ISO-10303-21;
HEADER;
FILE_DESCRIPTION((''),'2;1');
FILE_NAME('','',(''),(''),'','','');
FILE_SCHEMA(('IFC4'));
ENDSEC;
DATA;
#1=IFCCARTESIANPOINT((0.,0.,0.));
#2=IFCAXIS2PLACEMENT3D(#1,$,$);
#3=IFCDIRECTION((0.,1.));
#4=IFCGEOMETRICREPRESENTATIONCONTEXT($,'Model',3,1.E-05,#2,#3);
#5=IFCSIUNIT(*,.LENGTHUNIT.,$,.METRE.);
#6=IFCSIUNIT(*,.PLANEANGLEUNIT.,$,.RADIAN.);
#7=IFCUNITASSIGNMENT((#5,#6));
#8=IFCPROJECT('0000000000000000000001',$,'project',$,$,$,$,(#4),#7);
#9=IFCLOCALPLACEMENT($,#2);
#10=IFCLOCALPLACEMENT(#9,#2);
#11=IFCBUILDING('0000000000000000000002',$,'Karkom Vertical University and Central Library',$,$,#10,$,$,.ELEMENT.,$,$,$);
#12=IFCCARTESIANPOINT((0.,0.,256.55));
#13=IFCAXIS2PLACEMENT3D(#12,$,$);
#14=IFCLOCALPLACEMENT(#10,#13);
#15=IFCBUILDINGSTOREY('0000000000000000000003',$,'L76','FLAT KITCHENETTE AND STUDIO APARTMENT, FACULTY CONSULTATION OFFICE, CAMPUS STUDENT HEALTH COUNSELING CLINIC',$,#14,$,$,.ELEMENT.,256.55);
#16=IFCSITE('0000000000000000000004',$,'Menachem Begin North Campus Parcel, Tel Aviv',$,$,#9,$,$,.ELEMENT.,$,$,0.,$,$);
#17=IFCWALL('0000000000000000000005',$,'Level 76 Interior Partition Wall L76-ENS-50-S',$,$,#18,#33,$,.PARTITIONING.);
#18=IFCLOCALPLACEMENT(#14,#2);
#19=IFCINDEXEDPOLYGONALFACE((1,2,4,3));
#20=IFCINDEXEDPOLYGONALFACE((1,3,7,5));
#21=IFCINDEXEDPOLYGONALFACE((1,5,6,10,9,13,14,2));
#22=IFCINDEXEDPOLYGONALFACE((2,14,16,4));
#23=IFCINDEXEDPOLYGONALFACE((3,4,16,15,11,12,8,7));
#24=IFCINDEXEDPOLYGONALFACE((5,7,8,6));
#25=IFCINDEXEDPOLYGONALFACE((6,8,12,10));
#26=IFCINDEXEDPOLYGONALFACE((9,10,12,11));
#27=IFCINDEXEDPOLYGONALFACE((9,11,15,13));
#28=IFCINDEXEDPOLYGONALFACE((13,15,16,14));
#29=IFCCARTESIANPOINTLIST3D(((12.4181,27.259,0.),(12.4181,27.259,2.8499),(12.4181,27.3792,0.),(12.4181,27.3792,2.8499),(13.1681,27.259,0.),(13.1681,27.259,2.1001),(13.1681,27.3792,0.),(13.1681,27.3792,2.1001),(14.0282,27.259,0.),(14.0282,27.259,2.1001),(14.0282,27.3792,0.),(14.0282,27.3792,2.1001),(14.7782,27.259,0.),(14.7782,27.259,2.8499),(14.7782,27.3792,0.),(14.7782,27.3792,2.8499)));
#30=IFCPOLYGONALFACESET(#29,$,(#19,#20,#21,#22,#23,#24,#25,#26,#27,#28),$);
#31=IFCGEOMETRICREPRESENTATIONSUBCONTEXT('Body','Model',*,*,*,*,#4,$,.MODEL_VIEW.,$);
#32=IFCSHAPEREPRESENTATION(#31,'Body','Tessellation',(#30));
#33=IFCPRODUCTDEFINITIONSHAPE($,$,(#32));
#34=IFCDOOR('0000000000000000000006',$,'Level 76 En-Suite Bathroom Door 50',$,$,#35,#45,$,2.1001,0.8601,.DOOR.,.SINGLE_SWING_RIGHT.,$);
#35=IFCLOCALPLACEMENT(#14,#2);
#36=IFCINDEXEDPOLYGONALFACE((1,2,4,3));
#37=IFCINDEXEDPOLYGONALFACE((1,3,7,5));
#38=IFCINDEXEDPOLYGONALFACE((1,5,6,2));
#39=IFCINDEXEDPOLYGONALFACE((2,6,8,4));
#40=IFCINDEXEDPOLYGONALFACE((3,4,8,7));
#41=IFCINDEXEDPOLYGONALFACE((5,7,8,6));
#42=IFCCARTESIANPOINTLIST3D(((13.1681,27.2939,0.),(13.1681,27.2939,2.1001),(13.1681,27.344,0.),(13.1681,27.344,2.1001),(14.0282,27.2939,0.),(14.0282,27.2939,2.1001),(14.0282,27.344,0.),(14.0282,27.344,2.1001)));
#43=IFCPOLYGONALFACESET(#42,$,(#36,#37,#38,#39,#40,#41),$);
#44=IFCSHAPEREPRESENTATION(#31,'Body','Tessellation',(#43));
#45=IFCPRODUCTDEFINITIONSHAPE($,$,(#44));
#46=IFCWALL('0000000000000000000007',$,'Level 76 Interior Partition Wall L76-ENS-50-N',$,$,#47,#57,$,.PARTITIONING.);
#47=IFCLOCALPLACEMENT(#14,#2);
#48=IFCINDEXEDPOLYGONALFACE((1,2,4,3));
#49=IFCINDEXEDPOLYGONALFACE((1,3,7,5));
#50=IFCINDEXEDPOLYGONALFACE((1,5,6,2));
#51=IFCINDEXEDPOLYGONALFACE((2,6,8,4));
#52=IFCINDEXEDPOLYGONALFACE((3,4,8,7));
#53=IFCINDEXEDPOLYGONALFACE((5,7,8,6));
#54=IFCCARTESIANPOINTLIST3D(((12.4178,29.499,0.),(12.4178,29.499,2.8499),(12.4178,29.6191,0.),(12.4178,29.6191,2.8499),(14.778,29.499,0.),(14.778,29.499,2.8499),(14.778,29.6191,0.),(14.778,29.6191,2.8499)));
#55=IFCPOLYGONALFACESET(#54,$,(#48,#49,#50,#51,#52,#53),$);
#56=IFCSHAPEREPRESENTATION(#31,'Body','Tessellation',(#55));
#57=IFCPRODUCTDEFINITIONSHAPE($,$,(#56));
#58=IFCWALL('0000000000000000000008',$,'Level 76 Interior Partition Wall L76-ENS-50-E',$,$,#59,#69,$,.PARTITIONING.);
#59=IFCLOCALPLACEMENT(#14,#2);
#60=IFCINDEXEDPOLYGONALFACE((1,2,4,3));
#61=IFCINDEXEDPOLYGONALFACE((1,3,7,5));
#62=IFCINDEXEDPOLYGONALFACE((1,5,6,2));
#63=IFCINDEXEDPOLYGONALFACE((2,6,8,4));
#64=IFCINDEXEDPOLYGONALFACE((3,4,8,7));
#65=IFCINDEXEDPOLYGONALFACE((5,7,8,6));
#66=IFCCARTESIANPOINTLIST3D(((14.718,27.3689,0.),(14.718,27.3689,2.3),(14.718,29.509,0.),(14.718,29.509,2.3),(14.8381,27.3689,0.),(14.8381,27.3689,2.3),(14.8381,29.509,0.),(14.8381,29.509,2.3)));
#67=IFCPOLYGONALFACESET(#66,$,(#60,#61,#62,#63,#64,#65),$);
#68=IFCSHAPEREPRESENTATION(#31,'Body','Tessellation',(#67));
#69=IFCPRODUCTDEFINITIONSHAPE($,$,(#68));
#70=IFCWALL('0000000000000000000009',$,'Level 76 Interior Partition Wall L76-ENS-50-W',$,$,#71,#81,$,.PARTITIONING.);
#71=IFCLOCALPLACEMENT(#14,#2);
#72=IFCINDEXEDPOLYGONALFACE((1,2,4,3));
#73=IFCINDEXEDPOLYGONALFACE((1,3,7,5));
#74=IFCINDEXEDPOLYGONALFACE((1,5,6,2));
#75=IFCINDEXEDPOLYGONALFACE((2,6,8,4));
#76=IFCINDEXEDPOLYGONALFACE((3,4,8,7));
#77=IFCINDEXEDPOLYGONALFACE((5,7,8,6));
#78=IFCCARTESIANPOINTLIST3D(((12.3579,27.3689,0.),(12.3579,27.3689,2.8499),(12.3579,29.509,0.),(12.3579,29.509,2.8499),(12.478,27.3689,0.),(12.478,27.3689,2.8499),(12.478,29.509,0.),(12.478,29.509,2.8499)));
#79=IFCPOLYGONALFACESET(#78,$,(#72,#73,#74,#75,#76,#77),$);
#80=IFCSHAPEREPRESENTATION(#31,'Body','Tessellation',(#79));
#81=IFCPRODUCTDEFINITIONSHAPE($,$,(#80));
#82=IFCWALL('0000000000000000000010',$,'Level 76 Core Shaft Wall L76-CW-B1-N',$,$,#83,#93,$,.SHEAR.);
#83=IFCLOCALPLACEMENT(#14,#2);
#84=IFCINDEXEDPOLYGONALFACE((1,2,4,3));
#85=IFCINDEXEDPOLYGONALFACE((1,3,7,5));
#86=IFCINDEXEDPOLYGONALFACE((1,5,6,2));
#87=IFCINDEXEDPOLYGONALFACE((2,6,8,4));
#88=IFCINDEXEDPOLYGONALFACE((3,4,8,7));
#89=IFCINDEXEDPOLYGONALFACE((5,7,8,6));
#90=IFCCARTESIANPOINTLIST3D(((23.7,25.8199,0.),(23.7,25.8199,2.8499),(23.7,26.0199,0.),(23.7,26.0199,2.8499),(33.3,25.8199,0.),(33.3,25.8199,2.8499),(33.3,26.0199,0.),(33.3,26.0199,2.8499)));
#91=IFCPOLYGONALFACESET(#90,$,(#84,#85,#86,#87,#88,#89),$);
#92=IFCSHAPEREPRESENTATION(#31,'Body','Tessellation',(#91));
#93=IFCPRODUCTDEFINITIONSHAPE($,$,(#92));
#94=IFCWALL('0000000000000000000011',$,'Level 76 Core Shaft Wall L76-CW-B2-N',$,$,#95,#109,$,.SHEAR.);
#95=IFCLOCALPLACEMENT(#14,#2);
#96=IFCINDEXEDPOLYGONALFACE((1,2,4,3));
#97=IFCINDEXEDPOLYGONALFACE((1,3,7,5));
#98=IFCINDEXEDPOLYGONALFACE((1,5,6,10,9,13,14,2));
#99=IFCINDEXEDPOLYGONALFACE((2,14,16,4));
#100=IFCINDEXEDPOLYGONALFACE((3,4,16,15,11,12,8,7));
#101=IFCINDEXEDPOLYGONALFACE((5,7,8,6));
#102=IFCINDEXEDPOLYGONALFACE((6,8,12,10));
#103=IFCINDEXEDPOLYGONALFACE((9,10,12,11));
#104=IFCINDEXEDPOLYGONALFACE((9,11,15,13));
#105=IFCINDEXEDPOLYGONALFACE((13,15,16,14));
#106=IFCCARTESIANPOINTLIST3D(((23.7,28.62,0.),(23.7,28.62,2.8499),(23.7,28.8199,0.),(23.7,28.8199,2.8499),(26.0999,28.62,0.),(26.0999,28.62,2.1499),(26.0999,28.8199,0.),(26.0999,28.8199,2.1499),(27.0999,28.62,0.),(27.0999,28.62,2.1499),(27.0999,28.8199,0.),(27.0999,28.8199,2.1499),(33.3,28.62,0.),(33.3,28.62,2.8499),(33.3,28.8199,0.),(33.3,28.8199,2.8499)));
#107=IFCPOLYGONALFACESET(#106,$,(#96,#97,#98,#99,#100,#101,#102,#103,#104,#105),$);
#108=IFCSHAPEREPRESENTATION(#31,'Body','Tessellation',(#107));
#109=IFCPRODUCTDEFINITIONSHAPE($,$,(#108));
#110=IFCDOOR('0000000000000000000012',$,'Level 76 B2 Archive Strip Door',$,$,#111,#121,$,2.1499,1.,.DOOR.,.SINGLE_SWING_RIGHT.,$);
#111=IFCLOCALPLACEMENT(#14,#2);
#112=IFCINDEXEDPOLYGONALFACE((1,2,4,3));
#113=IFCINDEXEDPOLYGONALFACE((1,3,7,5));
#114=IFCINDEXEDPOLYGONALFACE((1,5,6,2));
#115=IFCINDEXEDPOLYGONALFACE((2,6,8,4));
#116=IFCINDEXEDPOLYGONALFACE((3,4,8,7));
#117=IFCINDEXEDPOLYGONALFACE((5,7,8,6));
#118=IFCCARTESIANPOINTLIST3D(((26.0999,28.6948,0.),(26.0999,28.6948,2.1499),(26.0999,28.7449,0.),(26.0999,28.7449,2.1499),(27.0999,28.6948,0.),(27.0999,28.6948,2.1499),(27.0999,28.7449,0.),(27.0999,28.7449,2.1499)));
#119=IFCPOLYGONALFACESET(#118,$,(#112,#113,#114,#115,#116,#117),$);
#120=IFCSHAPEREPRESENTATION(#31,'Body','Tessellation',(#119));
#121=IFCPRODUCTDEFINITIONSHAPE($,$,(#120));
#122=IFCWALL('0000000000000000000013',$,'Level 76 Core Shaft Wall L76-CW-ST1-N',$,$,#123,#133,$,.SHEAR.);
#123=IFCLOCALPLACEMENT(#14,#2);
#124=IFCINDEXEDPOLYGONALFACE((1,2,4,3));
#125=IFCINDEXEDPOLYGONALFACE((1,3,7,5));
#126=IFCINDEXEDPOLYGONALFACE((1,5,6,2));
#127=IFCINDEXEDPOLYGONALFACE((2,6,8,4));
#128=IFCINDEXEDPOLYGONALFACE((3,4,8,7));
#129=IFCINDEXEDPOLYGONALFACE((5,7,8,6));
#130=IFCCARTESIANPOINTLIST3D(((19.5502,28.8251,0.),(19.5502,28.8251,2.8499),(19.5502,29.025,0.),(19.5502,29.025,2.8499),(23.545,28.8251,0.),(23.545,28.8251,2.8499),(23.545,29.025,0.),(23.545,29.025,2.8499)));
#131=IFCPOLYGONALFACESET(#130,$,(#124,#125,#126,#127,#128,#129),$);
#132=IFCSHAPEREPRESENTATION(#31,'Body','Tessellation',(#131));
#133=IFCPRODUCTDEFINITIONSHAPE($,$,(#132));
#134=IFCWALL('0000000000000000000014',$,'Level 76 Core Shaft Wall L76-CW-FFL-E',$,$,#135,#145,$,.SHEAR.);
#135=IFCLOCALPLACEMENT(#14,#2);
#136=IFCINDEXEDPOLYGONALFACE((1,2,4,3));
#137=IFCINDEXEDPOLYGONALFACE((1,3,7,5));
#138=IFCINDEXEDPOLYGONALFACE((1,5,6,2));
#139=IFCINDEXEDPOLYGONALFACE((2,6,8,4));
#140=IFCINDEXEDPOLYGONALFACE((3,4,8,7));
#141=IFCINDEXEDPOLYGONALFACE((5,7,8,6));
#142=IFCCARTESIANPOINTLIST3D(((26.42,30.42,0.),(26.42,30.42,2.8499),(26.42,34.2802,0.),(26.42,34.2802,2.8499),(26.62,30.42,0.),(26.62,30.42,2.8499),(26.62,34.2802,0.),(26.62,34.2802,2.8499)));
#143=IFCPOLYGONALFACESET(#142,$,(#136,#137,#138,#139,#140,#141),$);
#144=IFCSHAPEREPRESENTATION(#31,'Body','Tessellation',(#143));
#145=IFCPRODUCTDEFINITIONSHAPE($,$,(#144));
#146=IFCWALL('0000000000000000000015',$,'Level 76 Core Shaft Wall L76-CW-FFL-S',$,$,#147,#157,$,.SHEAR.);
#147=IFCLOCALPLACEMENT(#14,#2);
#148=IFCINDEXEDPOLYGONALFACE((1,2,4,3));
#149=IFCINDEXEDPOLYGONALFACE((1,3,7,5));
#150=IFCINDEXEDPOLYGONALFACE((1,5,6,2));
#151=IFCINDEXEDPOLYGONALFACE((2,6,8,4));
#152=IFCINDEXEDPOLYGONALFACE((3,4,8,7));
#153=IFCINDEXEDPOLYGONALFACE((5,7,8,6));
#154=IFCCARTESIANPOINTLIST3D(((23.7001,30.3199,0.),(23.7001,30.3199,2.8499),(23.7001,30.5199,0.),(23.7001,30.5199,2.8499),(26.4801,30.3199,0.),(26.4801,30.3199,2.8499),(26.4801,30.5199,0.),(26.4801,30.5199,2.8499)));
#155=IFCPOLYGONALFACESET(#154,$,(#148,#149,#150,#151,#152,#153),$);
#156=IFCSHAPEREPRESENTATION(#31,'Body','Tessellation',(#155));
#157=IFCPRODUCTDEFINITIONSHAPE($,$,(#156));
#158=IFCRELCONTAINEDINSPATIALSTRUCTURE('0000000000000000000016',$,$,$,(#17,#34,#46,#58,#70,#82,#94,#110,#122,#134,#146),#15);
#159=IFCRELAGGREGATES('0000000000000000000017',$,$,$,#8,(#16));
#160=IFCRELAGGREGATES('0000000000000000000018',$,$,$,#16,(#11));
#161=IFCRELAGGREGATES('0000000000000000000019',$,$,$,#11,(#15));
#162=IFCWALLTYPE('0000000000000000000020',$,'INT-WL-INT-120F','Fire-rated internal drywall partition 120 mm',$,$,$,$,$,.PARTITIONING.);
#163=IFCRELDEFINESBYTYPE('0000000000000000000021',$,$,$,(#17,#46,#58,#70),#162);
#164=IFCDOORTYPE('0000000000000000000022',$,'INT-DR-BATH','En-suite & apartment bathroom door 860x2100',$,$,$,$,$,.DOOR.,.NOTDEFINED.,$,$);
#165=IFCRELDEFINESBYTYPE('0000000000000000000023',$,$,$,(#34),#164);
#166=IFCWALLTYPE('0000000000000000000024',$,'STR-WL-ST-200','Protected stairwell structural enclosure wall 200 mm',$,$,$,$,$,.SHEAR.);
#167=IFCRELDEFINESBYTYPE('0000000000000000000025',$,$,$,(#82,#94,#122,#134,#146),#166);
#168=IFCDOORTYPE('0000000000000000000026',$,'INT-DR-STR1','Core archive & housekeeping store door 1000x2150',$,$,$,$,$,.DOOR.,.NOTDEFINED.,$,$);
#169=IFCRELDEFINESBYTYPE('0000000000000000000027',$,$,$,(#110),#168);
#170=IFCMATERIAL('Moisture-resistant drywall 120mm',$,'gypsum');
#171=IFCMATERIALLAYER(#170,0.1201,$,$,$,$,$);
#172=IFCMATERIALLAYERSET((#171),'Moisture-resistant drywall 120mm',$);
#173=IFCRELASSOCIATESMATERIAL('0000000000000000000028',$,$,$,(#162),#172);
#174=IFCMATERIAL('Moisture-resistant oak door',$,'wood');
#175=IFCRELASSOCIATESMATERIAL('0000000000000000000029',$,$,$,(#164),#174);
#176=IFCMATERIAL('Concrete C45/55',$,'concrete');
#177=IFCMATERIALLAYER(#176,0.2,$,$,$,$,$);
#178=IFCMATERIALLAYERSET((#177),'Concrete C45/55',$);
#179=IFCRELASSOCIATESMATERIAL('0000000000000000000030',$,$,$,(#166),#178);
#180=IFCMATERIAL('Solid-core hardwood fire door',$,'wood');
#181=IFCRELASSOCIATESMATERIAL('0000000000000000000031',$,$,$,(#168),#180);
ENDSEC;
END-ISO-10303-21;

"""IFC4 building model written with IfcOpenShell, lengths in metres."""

from ifc_helpers import new_model, si_unit, direction, frame, frame_2d, origin, origin_with_axes, place, context, subcontext, project, spatial, rectangle, extrude, source, transform, mapped, material, layer, layer_set, type_object, element, fill, save


model = new_model("IFC4")

# Units and contexts
model_context = context("Model", 3, precision=1e-05, world=origin(), true_north=direction((0.0, 1.0)))
body_context = subcontext(model_context, "Body", "Model", "MODEL_VIEW")
ifc_project = project(units=[si_unit("LENGTHUNIT", "METRE"), si_unit("PLANEANGLEUNIT", "RADIAN")], contexts=[model_context])

# Site, building, storey
site_placement = place(None, origin())
site = spatial("IfcSite", under=ifc_project, at=site_placement, Name="Menachem Begin North Campus Parcel, Tel Aviv", CompositionType="ELEMENT", RefElevation=0.0)
building_placement = place(site_placement, origin())
building = spatial("IfcBuilding", under=site, at=building_placement, Name="Karkom Vertical University and Central Library", CompositionType="ELEMENT")
storey_placement = place(building_placement, frame((0.0, 0.0, 256.55)))
storey = spatial("IfcBuildingStorey", under=building, at=storey_placement, Name="L76", Description="FLAT KITCHENETTE AND STUDIO APARTMENT, FACULTY CONSULTATION OFFICE, CAMPUS STUDENT HEALTH COUNSELING CLINIC", CompositionType="ELEMENT", Elevation=256.55)

# Wall, opening, door
ifc_material_1 = material(Name="Moisture-resistant drywall 120mm", Category="gypsum")
ifc_layer_1 = layer(ifc_material_1, 0.1201)
ifc_layer_set_1 = layer_set([ifc_layer_1], Name="Moisture-resistant drywall 120mm")
wall_type_1 = type_object("IfcWallType", Name="INT-WL-INT-120F", Description="Fire-rated internal drywall partition 120 mm", PredefinedType="PARTITIONING", material=ifc_layer_set_1)
wall_1_placement = place(storey_placement, frame((12.418, 27.3191, 0.0), z_axis=(0.0, 0.0, 1.0), x_axis=(1.0, 0.0, 0.0)))
wall_1 = element("IfcWall", 1, at=wall_1_placement, inside=storey, type_object=wall_type_1, Name="Level 76 Interior Partition Wall L76-ENS-50-S", PredefinedType="PARTITIONING", context=body_context, shape_type="SweptSolid", body=[
    extrude(rectangle(XDim=2.3601, YDim=0.1201, at=frame_2d((1.1802, 0.0))), origin(), (0.0, 0.0, 1.0), 2.8499),
])
opening_1_placement = place(wall_1_placement, frame((0.75, 0.0, 0.0)))
opening_1 = element("IfcOpeningElement", 2, at=opening_1_placement, cuts=wall_1, PredefinedType="OPENING", context=body_context, shape_type="SweptSolid", body=[
    extrude(rectangle(XDim=0.8601, YDim=2.1001, at=frame_2d((0.4302, 1.05))), frame((0.0, 0.0701, 0.0), z_axis=(0.0, -1.0, 0.0), x_axis=(1.0, 0.0, 0.0)), (0.0, 0.0, 1.0), 0.1401),
])
ifc_material_2 = material(Name="Moisture-resistant oak door", Category="wood")
door_type_1 = type_object("IfcDoorType", Name="INT-DR-BATH", Description="En-suite & apartment bathroom door 860x2100", OperationType="NOTDEFINED", PredefinedType="DOOR", material=ifc_material_2)
shared_shape_1 = source(origin_with_axes(), body_context, "Body", "SweptSolid", [
    extrude(rectangle(XDim=0.8601, YDim=2.1001, at=frame_2d((0.4302, 1.05))), frame((0.0, 0.0249, 0.0), z_axis=(0.0, -1.0, 0.0), x_axis=(1.0, 0.0, 0.0)), (0.0, 0.0, 1.0), 0.05),
])
door_1_placement = place(opening_1_placement, origin())
door_1 = element("IfcDoor", 3, at=door_1_placement, inside=storey, type_object=door_type_1, Name="Level 76 En-Suite Bathroom Door 50", OperationType="SINGLE_SWING_RIGHT", OverallHeight=2.1001, OverallWidth=0.8601, PredefinedType="DOOR", context=body_context, shape_type="MappedRepresentation", body=[
    mapped(shared_shape_1, transform((0.0, 0.0, 0.0), scale=1.0)),
])
fill(opening_1, door_1)

# Walls
wall_2_placement = place(storey_placement, frame((14.7781, 29.5591, 0.0), z_axis=(0.0, 0.0, 1.0), x_axis=(-1.0, 0.0, 0.0)))
element("IfcWall", 4, at=wall_2_placement, inside=storey, type_object=wall_type_1, Name="Level 76 Interior Partition Wall L76-ENS-50-N", PredefinedType="PARTITIONING", context=body_context, shape_type="SweptSolid", body=[
    extrude(rectangle(XDim=2.3601, YDim=0.1201, at=frame_2d((1.1802, 0.0))), origin(), (0.0, 0.0, 1.0), 2.8499),
])
wall_3_placement = place(storey_placement, frame((14.7781, 27.3689, 0.0), z_axis=(0.0, 0.0, 1.0), x_axis=(0.0, 1.0, 0.0)))
element("IfcWall", 5, at=wall_3_placement, inside=storey, type_object=wall_type_1, Name="Level 76 Interior Partition Wall L76-ENS-50-E", PredefinedType="PARTITIONING", context=body_context, shape_type="SweptSolid", body=[
    extrude(rectangle(XDim=2.1401, YDim=0.1201, at=frame_2d((1.0701, 0.0))), origin(), (0.0, 0.0, 1.0), 2.3),
])
wall_4_placement = place(storey_placement, frame((12.418, 29.509, 0.0), z_axis=(0.0, 0.0, 1.0), x_axis=(0.0, -1.0, 0.0)))
element("IfcWall", 6, at=wall_4_placement, inside=storey, type_object=wall_type_1, Name="Level 76 Interior Partition Wall L76-ENS-50-W", PredefinedType="PARTITIONING", context=body_context, shape_type="SweptSolid", body=[
    extrude(rectangle(XDim=2.1401, YDim=0.1201, at=frame_2d((1.0701, 0.0))), origin(), (0.0, 0.0, 1.0), 2.8499),
])

# Wall
ifc_material_3 = material(Name="Concrete C45/55", Category="concrete")
ifc_layer_2 = layer(ifc_material_3, 0.2)
ifc_layer_set_2 = layer_set([ifc_layer_2], Name="Concrete C45/55")
wall_type_2 = type_object("IfcWallType", Name="STR-WL-ST-200", Description="Protected stairwell structural enclosure wall 200 mm", PredefinedType="SHEAR", material=ifc_layer_set_2)
wall_5_placement = place(storey_placement, frame((23.7, 25.9199, 0.0), z_axis=(0.0, 0.0, 1.0), x_axis=(1.0, 0.0, 0.0)))
element("IfcWall", 7, at=wall_5_placement, inside=storey, type_object=wall_type_2, Name="Level 76 Core Shaft Wall L76-CW-B1-N", PredefinedType="SHEAR", context=body_context, shape_type="SweptSolid", body=[
    extrude(rectangle(XDim=9.6001, YDim=0.2, at=frame_2d((4.8, 0.0))), origin(), (0.0, 0.0, 1.0), 2.8499),
])

# Wall, opening, door
wall_6_placement = place(storey_placement, frame((23.7, 28.72, 0.0), z_axis=(0.0, 0.0, 1.0), x_axis=(1.0, 0.0, 0.0)))
wall_6 = element("IfcWall", 8, at=wall_6_placement, inside=storey, type_object=wall_type_2, Name="Level 76 Core Shaft Wall L76-CW-B2-N", PredefinedType="SHEAR", context=body_context, shape_type="SweptSolid", body=[
    extrude(rectangle(XDim=9.6001, YDim=0.2, at=frame_2d((4.8, 0.0))), origin(), (0.0, 0.0, 1.0), 2.8499),
])
opening_2_placement = place(wall_6_placement, frame((2.3999, 0.0, 0.0)))
opening_2 = element("IfcOpeningElement", 9, at=opening_2_placement, cuts=wall_6, PredefinedType="OPENING", context=body_context, shape_type="SweptSolid", body=[
    extrude(rectangle(XDim=1.0, YDim=2.1499, at=frame_2d((0.5, 1.075))), frame((0.0, 0.1099, 0.0), z_axis=(0.0, -1.0, 0.0), x_axis=(1.0, 0.0, 0.0)), (0.0, 0.0, 1.0), 0.22),
])
ifc_material_4 = material(Name="Solid-core hardwood fire door", Category="wood")
door_type_2 = type_object("IfcDoorType", Name="INT-DR-STR1", Description="Core archive & housekeeping store door 1000x2150", OperationType="NOTDEFINED", PredefinedType="DOOR", material=ifc_material_4)
shared_shape_2 = source(origin_with_axes(), body_context, "Body", "SweptSolid", [
    extrude(rectangle(XDim=1.0, YDim=2.1499, at=frame_2d((0.5, 1.075))), frame((0.0, 0.0249, 0.0), z_axis=(0.0, -1.0, 0.0), x_axis=(1.0, 0.0, 0.0)), (0.0, 0.0, 1.0), 0.05),
])
door_2_placement = place(opening_2_placement, origin())
door_2 = element("IfcDoor", 10, at=door_2_placement, inside=storey, type_object=door_type_2, Name="Level 76 B2 Archive Strip Door", OperationType="SINGLE_SWING_RIGHT", OverallHeight=2.1499, OverallWidth=1.0, PredefinedType="DOOR", context=body_context, shape_type="MappedRepresentation", body=[
    mapped(shared_shape_2, transform((0.0, 0.0, 0.0), scale=1.0)),
])
fill(opening_2, door_2)

# Walls
wall_7_placement = place(storey_placement, frame((19.55, 28.925, 0.0), z_axis=(0.0, 0.0, 1.0), x_axis=(1.0, 0.0, 0.0)))
element("IfcWall", 11, at=wall_7_placement, inside=storey, type_object=wall_type_2, Name="Level 76 Core Shaft Wall L76-CW-ST1-N", PredefinedType="SHEAR", context=body_context, shape_type="SweptSolid", body=[
    extrude(rectangle(XDim=3.9949, YDim=0.2, at=frame_2d((1.9976, 0.0))), origin(), (0.0, 0.0, 1.0), 2.8499),
])
wall_8_placement = place(storey_placement, frame((26.52, 30.4199, 0.0), z_axis=(0.0, 0.0, 1.0), x_axis=(0.0, 1.0, 0.0)))
element("IfcWall", 12, at=wall_8_placement, inside=storey, type_object=wall_type_2, Name="Level 76 Core Shaft Wall L76-CW-FFL-E", PredefinedType="SHEAR", context=body_context, shape_type="SweptSolid", body=[
    extrude(rectangle(XDim=3.8601, YDim=0.2, at=frame_2d((1.9302, 0.0))), origin(), (0.0, 0.0, 1.0), 2.8499),
])
wall_9_placement = place(storey_placement, frame((23.7, 30.4199, 0.0), z_axis=(0.0, 0.0, 1.0), x_axis=(1.0, 0.0, 0.0)))
element("IfcWall", 13, at=wall_9_placement, inside=storey, type_object=wall_type_2, Name="Level 76 Core Shaft Wall L76-CW-FFL-S", PredefinedType="SHEAR", context=body_context, shape_type="SweptSolid", body=[
    extrude(rectangle(XDim=2.78, YDim=0.2, at=frame_2d((1.3901, 0.0))), origin(), (0.0, 0.0, 1.0), 2.8499),
])

save(model, "model.ifc")
